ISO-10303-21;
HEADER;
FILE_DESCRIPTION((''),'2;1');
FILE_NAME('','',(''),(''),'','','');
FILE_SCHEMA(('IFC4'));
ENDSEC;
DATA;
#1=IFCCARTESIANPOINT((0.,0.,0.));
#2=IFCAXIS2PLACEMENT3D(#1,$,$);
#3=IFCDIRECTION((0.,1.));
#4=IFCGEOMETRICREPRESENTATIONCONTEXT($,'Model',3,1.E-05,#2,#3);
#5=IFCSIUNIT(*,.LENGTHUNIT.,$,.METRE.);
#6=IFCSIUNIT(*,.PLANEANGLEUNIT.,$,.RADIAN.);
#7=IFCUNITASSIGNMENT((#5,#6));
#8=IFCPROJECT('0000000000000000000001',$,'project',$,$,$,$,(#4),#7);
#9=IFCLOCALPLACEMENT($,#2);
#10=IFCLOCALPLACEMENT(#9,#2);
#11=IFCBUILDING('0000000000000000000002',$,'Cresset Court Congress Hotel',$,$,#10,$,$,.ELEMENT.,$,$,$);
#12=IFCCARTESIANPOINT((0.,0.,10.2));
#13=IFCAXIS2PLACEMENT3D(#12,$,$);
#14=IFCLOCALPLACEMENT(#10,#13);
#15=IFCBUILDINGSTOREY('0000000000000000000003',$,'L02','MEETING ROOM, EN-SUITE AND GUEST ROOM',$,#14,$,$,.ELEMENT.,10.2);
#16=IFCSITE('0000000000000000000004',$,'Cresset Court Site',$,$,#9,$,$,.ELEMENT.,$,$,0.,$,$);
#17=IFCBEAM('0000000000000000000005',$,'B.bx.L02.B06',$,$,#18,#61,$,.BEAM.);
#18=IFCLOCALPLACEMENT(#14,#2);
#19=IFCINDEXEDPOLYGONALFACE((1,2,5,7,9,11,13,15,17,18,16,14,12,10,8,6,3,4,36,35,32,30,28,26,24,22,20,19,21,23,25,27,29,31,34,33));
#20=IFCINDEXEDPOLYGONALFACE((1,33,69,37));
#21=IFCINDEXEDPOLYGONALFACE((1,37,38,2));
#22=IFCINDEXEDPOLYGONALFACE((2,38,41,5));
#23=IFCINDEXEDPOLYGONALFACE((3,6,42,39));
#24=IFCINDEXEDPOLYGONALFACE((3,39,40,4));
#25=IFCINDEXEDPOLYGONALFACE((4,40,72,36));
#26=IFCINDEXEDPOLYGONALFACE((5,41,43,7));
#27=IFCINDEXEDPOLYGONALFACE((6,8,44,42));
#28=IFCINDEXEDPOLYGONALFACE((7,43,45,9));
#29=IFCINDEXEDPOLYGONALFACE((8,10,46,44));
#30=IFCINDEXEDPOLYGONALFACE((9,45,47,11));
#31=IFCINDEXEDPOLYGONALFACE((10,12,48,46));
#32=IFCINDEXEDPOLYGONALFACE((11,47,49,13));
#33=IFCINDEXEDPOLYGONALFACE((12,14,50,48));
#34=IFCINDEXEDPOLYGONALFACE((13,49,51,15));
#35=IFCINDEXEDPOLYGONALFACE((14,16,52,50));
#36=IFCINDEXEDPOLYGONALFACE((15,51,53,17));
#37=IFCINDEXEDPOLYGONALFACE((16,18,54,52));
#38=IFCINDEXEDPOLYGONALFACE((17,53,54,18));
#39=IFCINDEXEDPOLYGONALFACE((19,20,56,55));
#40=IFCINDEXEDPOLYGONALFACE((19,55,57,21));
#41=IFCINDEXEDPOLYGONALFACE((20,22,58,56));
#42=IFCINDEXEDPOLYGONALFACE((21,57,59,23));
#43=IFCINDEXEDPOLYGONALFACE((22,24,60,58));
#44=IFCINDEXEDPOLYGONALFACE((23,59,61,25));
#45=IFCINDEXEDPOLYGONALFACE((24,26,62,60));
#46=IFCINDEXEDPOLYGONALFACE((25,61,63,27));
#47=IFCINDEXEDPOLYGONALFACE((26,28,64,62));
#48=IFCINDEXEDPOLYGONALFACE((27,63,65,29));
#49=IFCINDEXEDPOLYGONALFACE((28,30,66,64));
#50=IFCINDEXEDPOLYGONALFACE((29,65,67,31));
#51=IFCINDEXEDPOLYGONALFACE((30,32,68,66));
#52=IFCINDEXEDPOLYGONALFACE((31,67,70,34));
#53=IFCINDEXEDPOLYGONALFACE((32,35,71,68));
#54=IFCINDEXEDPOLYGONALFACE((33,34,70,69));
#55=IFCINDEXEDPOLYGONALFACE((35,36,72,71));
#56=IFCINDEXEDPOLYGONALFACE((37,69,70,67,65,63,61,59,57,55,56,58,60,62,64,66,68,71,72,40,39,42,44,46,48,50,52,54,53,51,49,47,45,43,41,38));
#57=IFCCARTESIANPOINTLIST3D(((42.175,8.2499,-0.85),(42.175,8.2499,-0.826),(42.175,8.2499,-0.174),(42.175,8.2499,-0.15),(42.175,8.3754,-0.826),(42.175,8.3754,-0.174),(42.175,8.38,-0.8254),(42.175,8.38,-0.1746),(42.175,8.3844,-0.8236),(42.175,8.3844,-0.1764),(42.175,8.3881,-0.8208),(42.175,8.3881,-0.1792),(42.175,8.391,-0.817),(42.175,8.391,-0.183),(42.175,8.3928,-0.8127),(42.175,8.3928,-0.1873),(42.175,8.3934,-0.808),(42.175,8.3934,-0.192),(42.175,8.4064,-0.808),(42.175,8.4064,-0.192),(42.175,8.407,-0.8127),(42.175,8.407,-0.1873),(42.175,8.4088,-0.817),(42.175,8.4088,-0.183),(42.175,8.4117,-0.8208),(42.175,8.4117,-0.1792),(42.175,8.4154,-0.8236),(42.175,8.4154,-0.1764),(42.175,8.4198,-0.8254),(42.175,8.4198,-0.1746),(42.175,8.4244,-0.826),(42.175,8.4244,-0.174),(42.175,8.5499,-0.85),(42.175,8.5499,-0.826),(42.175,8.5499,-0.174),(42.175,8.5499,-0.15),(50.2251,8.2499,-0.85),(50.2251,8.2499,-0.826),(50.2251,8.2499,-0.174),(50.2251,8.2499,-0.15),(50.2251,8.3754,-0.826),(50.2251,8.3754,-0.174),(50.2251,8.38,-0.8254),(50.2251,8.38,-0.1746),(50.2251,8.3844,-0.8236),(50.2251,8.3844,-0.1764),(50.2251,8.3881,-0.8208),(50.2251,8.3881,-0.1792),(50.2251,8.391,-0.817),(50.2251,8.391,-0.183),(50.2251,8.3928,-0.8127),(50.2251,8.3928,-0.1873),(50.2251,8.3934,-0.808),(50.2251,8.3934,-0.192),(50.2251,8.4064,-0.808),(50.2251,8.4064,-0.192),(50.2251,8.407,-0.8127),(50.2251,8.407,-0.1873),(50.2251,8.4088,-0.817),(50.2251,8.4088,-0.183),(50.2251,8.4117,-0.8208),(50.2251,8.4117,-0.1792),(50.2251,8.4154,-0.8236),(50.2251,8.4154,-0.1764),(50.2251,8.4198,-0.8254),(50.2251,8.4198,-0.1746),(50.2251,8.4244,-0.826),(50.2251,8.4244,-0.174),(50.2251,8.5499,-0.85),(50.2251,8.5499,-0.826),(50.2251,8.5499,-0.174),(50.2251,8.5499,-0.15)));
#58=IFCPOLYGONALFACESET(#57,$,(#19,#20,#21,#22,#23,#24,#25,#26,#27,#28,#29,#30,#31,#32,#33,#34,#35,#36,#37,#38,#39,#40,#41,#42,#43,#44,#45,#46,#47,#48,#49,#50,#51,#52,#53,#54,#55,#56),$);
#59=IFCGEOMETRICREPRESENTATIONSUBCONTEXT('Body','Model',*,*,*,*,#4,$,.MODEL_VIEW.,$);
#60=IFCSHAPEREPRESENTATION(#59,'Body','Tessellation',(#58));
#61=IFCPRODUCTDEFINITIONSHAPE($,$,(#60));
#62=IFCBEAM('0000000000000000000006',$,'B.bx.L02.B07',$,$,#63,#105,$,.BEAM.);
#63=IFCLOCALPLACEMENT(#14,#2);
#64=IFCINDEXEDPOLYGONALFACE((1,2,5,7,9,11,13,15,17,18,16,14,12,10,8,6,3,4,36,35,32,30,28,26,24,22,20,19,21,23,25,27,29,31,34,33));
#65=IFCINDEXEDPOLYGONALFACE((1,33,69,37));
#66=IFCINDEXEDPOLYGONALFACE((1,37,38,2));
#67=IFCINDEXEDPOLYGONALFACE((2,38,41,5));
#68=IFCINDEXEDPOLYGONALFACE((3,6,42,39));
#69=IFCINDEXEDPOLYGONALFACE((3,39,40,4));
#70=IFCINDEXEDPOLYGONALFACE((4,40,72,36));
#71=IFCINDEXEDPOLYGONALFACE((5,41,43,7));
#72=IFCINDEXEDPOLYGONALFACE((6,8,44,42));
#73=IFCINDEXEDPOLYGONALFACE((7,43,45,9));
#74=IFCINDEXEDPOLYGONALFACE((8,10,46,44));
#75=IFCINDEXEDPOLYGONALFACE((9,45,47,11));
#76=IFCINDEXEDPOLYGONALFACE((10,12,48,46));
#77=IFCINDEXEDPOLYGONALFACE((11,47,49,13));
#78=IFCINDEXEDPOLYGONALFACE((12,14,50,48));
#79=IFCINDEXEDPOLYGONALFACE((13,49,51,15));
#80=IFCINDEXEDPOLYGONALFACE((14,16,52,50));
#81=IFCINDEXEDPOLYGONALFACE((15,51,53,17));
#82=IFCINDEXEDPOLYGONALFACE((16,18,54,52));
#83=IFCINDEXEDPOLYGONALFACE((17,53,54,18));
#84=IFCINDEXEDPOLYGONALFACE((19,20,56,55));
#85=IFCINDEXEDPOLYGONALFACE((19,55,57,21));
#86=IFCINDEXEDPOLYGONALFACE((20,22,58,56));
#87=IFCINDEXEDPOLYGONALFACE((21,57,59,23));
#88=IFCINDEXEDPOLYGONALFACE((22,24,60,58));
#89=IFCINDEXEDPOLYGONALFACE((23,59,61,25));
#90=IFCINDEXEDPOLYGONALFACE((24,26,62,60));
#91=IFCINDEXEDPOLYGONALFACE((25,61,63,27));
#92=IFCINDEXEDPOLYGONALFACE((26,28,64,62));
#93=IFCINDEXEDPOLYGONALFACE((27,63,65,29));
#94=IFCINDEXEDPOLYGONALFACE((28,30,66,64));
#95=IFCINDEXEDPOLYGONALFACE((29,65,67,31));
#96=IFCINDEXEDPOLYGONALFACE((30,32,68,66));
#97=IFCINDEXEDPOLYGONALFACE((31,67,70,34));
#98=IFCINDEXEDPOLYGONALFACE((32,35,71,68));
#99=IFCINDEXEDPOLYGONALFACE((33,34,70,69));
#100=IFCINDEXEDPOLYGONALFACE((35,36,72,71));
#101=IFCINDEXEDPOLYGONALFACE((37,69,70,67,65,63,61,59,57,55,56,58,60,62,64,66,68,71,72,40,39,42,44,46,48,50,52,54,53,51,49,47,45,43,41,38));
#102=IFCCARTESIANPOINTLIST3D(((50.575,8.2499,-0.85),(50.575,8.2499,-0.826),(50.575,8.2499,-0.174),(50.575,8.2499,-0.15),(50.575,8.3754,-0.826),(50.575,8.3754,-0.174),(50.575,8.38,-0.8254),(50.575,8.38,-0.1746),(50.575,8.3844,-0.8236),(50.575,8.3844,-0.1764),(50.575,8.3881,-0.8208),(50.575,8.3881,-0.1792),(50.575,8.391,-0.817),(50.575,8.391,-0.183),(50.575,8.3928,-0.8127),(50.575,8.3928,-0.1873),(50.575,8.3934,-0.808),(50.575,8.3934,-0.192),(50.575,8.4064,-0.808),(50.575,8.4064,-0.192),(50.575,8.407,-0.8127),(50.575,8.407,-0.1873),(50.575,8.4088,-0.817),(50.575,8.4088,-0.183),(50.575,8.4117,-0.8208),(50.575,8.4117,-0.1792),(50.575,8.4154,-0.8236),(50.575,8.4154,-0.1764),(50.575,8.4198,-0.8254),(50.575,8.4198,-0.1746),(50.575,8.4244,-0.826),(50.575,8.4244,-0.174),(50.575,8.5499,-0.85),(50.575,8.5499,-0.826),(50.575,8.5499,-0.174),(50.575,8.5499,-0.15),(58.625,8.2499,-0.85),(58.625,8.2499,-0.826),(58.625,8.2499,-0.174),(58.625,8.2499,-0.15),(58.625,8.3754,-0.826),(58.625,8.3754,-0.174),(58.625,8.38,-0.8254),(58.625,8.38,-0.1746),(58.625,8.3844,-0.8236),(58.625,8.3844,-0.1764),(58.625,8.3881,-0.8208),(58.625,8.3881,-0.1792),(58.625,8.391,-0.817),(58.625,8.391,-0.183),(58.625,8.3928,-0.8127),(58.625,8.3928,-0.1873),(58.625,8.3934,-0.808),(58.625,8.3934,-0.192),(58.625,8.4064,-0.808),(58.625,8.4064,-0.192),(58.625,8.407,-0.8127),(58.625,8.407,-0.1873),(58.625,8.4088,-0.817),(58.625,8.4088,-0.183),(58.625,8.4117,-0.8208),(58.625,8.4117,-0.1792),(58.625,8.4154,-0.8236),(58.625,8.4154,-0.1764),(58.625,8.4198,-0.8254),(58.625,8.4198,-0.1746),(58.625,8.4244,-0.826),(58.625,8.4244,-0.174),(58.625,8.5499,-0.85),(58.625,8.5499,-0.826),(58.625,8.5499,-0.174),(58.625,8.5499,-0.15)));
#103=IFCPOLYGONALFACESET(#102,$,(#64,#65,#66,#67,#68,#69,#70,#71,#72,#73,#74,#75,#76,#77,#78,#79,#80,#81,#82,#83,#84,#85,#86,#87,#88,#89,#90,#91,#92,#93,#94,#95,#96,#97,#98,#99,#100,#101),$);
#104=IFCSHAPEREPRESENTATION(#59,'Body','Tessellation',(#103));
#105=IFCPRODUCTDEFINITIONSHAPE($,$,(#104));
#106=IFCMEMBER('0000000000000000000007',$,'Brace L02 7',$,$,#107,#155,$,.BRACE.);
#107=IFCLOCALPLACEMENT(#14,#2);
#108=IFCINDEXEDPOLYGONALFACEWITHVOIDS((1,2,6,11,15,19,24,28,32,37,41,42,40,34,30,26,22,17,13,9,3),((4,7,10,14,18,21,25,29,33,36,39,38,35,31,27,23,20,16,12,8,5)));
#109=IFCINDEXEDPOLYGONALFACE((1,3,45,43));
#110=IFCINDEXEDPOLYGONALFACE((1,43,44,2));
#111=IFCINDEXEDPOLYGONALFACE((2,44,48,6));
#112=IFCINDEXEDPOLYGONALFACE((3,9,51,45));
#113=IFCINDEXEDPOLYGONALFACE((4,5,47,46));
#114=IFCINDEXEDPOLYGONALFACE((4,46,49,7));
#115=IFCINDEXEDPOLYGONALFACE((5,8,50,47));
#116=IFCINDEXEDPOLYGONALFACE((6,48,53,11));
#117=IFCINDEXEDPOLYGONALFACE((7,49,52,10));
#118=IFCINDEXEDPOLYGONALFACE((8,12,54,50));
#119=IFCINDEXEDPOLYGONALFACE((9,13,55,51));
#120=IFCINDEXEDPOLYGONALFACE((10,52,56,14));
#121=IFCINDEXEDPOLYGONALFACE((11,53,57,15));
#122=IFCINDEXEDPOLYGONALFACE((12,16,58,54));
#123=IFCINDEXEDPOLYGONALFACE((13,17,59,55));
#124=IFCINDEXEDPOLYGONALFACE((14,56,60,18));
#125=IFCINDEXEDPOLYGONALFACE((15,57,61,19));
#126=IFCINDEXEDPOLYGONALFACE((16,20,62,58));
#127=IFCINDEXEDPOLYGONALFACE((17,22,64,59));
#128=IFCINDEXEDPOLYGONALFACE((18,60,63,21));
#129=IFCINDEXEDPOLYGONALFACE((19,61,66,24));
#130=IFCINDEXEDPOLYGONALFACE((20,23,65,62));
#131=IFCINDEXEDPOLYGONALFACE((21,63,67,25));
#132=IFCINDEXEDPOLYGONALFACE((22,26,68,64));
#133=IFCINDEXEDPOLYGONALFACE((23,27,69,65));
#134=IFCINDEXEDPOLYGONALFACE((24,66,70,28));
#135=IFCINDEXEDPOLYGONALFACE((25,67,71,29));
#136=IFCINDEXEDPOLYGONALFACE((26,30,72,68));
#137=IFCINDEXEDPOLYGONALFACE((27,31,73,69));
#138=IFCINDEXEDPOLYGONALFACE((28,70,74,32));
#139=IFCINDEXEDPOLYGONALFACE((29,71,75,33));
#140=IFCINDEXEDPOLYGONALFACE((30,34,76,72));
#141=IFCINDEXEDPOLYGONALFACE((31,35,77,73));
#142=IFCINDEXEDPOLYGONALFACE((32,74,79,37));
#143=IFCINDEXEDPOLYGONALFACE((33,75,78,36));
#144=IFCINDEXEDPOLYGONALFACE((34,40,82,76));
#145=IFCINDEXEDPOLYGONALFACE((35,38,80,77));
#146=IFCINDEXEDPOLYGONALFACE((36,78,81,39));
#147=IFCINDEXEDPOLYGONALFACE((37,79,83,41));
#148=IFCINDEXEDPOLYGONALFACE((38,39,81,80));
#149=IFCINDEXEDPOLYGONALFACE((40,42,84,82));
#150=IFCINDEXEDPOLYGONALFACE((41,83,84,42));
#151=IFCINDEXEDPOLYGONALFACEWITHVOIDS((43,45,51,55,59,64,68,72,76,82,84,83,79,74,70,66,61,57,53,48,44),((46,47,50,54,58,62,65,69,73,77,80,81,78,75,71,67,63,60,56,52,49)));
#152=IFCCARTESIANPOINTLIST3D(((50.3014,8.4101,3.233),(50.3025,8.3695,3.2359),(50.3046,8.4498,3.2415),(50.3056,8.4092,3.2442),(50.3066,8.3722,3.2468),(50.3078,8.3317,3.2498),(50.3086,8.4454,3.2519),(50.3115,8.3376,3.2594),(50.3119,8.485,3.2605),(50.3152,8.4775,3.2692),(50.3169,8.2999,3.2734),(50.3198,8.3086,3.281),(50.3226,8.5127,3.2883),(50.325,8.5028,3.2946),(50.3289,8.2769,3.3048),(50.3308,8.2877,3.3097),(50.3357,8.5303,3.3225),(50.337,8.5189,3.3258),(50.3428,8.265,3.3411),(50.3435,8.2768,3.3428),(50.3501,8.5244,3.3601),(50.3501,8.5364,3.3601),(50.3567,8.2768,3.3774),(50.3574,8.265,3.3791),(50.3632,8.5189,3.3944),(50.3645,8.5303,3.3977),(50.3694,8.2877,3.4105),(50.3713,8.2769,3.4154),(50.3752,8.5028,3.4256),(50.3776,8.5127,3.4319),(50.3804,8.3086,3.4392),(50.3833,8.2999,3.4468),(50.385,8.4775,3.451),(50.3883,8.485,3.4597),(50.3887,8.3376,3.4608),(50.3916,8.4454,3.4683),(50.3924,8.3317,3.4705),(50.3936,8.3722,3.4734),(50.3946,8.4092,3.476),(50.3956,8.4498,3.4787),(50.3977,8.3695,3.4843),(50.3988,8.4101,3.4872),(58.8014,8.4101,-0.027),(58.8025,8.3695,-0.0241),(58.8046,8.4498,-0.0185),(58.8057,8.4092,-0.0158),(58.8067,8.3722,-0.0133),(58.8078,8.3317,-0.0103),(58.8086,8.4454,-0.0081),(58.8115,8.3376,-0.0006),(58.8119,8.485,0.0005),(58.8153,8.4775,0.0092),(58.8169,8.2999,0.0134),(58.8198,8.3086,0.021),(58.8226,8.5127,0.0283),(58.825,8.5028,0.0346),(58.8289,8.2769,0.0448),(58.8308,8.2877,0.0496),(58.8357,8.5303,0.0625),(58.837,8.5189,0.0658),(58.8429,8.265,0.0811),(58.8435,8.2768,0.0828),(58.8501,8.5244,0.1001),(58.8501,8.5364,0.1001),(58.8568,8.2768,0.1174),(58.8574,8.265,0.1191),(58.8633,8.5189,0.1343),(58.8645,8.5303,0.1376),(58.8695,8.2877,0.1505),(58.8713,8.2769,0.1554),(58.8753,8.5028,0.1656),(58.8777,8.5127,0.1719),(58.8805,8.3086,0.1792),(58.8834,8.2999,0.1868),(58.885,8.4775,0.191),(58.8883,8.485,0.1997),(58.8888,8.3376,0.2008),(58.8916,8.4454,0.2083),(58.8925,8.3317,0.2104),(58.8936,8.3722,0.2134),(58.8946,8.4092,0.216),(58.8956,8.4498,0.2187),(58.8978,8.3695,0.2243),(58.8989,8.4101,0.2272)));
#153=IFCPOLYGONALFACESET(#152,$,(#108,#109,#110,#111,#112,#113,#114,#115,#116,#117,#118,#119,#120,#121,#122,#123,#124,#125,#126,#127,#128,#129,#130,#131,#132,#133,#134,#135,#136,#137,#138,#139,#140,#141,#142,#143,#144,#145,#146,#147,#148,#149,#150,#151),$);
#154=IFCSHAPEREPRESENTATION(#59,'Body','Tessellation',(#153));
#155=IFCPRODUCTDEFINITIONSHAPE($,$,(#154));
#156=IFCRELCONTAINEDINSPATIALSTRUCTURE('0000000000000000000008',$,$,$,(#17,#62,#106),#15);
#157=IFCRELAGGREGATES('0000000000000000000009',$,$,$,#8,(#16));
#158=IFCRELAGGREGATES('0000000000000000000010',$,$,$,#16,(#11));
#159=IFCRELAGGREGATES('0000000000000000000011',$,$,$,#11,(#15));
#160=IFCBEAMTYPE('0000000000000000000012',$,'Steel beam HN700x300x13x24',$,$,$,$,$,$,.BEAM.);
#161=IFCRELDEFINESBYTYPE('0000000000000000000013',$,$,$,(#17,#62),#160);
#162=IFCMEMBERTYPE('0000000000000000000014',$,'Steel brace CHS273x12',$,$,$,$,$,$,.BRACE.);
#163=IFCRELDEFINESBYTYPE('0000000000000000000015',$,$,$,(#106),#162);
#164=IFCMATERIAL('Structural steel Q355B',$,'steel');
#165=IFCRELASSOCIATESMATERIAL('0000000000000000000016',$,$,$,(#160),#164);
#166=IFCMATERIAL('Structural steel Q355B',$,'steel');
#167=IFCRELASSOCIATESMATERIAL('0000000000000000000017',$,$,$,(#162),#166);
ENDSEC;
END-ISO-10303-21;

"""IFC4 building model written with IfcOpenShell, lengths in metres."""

from ifc_helpers import new_model, si_unit, direction, frame, origin, origin_2d, place, context, subcontext, project, spatial, hollow_circle, i_section, extrude, material, material_profile, profile_set, type_object, element, save


model = new_model("IFC4")

# Units and contexts
model_context = context("Model", 3, precision=1e-05, world=origin(), true_north=direction((0.0, 1.0)))
body_context = subcontext(model_context, "Body", "Model", "MODEL_VIEW")
ifc_project = project(units=[si_unit("LENGTHUNIT", "METRE"), si_unit("PLANEANGLEUNIT", "RADIAN")], contexts=[model_context])

# Site, building, storey
site_placement = place(None, origin())
site = spatial("IfcSite", under=ifc_project, at=site_placement, Name="Cresset Court Site", CompositionType="ELEMENT", RefElevation=0.0)
building_placement = place(site_placement, origin())
building = spatial("IfcBuilding", under=site, at=building_placement, Name="Cresset Court Congress Hotel", CompositionType="ELEMENT")
storey_placement = place(building_placement, frame((0.0, 0.0, 10.2)))
storey = spatial("IfcBuildingStorey", under=building, at=storey_placement, Name="L02", Description="MEETING ROOM, EN-SUITE AND GUEST ROOM", CompositionType="ELEMENT", Elevation=10.2)

# Beams
ifc_material_1 = material(Name="Structural steel Q355B", Category="steel")
ifc_material_profile_1 = material_profile(ifc_material_1, i_section(OverallWidth=0.3, OverallDepth=0.7, WebThickness=0.0129, FlangeThickness=0.0239, FilletRadius=0.0181, at=origin_2d()), Name="HN700x300x13x24")
ifc_profile_set_1 = profile_set([ifc_material_profile_1], Name="Structural steel Q355B")
beam_type_1 = type_object("IfcBeamType", Name="Steel beam HN700x300x13x24", PredefinedType="BEAM", material=ifc_profile_set_1)
for number, where, z_axis, x_axis, name in (
    (1, (42.175, 8.3999, -0.5), (1.0, 0.0, 0.0), (0.0, 1.0, 0.0), "B.bx.L02.B06"),
    (2, (50.575, 8.3999, -0.5), (1.0, 0.0, 0.0), (0.0, 1.0, 0.0), "B.bx.L02.B07"),
):
    element("IfcBeam", number, at=place(storey_placement, frame(where, z_axis=z_axis, x_axis=x_axis)), inside=storey, type_object=beam_type_1, Name=name, PredefinedType="BEAM", context=body_context, shape_type="SweptSolid", body=[
        extrude(i_section(OverallWidth=0.3, OverallDepth=0.7, WebThickness=0.0129, FlangeThickness=0.0239, FilletRadius=0.0181, at=origin_2d()), origin(), (0.0, 0.0, 1.0), 8.05),
    ])

# Member
ifc_material_2 = material(Name="Structural steel Q355B", Category="steel")
ifc_material_profile_2 = material_profile(ifc_material_2, hollow_circle(Radius=0.1365, WallThickness=0.012, at=origin_2d()), Name="CHS273x12")
ifc_profile_set_2 = profile_set([ifc_material_profile_2], Name="Structural steel Q355B")
member_type_1 = type_object("IfcMemberType", Name="Steel brace CHS273x12", PredefinedType="BRACE", material=ifc_profile_set_2)
member_1_placement = place(storey_placement, frame((50.3501, 8.3999, 3.3601), z_axis=(0.933685, 0.0, -0.358097), x_axis=(0.0, 1.0, 0.0)))
element("IfcMember", 3, at=member_1_placement, inside=storey, type_object=member_type_1, Name="Brace L02 7", PredefinedType="BRACE", context=body_context, shape_type="SweptSolid", body=[
    extrude(hollow_circle(Radius=0.1365, WallThickness=0.012, at=origin_2d()), origin(), (0.0, 0.0, 1.0), 9.1038),
])

save(model, "model.ifc")
